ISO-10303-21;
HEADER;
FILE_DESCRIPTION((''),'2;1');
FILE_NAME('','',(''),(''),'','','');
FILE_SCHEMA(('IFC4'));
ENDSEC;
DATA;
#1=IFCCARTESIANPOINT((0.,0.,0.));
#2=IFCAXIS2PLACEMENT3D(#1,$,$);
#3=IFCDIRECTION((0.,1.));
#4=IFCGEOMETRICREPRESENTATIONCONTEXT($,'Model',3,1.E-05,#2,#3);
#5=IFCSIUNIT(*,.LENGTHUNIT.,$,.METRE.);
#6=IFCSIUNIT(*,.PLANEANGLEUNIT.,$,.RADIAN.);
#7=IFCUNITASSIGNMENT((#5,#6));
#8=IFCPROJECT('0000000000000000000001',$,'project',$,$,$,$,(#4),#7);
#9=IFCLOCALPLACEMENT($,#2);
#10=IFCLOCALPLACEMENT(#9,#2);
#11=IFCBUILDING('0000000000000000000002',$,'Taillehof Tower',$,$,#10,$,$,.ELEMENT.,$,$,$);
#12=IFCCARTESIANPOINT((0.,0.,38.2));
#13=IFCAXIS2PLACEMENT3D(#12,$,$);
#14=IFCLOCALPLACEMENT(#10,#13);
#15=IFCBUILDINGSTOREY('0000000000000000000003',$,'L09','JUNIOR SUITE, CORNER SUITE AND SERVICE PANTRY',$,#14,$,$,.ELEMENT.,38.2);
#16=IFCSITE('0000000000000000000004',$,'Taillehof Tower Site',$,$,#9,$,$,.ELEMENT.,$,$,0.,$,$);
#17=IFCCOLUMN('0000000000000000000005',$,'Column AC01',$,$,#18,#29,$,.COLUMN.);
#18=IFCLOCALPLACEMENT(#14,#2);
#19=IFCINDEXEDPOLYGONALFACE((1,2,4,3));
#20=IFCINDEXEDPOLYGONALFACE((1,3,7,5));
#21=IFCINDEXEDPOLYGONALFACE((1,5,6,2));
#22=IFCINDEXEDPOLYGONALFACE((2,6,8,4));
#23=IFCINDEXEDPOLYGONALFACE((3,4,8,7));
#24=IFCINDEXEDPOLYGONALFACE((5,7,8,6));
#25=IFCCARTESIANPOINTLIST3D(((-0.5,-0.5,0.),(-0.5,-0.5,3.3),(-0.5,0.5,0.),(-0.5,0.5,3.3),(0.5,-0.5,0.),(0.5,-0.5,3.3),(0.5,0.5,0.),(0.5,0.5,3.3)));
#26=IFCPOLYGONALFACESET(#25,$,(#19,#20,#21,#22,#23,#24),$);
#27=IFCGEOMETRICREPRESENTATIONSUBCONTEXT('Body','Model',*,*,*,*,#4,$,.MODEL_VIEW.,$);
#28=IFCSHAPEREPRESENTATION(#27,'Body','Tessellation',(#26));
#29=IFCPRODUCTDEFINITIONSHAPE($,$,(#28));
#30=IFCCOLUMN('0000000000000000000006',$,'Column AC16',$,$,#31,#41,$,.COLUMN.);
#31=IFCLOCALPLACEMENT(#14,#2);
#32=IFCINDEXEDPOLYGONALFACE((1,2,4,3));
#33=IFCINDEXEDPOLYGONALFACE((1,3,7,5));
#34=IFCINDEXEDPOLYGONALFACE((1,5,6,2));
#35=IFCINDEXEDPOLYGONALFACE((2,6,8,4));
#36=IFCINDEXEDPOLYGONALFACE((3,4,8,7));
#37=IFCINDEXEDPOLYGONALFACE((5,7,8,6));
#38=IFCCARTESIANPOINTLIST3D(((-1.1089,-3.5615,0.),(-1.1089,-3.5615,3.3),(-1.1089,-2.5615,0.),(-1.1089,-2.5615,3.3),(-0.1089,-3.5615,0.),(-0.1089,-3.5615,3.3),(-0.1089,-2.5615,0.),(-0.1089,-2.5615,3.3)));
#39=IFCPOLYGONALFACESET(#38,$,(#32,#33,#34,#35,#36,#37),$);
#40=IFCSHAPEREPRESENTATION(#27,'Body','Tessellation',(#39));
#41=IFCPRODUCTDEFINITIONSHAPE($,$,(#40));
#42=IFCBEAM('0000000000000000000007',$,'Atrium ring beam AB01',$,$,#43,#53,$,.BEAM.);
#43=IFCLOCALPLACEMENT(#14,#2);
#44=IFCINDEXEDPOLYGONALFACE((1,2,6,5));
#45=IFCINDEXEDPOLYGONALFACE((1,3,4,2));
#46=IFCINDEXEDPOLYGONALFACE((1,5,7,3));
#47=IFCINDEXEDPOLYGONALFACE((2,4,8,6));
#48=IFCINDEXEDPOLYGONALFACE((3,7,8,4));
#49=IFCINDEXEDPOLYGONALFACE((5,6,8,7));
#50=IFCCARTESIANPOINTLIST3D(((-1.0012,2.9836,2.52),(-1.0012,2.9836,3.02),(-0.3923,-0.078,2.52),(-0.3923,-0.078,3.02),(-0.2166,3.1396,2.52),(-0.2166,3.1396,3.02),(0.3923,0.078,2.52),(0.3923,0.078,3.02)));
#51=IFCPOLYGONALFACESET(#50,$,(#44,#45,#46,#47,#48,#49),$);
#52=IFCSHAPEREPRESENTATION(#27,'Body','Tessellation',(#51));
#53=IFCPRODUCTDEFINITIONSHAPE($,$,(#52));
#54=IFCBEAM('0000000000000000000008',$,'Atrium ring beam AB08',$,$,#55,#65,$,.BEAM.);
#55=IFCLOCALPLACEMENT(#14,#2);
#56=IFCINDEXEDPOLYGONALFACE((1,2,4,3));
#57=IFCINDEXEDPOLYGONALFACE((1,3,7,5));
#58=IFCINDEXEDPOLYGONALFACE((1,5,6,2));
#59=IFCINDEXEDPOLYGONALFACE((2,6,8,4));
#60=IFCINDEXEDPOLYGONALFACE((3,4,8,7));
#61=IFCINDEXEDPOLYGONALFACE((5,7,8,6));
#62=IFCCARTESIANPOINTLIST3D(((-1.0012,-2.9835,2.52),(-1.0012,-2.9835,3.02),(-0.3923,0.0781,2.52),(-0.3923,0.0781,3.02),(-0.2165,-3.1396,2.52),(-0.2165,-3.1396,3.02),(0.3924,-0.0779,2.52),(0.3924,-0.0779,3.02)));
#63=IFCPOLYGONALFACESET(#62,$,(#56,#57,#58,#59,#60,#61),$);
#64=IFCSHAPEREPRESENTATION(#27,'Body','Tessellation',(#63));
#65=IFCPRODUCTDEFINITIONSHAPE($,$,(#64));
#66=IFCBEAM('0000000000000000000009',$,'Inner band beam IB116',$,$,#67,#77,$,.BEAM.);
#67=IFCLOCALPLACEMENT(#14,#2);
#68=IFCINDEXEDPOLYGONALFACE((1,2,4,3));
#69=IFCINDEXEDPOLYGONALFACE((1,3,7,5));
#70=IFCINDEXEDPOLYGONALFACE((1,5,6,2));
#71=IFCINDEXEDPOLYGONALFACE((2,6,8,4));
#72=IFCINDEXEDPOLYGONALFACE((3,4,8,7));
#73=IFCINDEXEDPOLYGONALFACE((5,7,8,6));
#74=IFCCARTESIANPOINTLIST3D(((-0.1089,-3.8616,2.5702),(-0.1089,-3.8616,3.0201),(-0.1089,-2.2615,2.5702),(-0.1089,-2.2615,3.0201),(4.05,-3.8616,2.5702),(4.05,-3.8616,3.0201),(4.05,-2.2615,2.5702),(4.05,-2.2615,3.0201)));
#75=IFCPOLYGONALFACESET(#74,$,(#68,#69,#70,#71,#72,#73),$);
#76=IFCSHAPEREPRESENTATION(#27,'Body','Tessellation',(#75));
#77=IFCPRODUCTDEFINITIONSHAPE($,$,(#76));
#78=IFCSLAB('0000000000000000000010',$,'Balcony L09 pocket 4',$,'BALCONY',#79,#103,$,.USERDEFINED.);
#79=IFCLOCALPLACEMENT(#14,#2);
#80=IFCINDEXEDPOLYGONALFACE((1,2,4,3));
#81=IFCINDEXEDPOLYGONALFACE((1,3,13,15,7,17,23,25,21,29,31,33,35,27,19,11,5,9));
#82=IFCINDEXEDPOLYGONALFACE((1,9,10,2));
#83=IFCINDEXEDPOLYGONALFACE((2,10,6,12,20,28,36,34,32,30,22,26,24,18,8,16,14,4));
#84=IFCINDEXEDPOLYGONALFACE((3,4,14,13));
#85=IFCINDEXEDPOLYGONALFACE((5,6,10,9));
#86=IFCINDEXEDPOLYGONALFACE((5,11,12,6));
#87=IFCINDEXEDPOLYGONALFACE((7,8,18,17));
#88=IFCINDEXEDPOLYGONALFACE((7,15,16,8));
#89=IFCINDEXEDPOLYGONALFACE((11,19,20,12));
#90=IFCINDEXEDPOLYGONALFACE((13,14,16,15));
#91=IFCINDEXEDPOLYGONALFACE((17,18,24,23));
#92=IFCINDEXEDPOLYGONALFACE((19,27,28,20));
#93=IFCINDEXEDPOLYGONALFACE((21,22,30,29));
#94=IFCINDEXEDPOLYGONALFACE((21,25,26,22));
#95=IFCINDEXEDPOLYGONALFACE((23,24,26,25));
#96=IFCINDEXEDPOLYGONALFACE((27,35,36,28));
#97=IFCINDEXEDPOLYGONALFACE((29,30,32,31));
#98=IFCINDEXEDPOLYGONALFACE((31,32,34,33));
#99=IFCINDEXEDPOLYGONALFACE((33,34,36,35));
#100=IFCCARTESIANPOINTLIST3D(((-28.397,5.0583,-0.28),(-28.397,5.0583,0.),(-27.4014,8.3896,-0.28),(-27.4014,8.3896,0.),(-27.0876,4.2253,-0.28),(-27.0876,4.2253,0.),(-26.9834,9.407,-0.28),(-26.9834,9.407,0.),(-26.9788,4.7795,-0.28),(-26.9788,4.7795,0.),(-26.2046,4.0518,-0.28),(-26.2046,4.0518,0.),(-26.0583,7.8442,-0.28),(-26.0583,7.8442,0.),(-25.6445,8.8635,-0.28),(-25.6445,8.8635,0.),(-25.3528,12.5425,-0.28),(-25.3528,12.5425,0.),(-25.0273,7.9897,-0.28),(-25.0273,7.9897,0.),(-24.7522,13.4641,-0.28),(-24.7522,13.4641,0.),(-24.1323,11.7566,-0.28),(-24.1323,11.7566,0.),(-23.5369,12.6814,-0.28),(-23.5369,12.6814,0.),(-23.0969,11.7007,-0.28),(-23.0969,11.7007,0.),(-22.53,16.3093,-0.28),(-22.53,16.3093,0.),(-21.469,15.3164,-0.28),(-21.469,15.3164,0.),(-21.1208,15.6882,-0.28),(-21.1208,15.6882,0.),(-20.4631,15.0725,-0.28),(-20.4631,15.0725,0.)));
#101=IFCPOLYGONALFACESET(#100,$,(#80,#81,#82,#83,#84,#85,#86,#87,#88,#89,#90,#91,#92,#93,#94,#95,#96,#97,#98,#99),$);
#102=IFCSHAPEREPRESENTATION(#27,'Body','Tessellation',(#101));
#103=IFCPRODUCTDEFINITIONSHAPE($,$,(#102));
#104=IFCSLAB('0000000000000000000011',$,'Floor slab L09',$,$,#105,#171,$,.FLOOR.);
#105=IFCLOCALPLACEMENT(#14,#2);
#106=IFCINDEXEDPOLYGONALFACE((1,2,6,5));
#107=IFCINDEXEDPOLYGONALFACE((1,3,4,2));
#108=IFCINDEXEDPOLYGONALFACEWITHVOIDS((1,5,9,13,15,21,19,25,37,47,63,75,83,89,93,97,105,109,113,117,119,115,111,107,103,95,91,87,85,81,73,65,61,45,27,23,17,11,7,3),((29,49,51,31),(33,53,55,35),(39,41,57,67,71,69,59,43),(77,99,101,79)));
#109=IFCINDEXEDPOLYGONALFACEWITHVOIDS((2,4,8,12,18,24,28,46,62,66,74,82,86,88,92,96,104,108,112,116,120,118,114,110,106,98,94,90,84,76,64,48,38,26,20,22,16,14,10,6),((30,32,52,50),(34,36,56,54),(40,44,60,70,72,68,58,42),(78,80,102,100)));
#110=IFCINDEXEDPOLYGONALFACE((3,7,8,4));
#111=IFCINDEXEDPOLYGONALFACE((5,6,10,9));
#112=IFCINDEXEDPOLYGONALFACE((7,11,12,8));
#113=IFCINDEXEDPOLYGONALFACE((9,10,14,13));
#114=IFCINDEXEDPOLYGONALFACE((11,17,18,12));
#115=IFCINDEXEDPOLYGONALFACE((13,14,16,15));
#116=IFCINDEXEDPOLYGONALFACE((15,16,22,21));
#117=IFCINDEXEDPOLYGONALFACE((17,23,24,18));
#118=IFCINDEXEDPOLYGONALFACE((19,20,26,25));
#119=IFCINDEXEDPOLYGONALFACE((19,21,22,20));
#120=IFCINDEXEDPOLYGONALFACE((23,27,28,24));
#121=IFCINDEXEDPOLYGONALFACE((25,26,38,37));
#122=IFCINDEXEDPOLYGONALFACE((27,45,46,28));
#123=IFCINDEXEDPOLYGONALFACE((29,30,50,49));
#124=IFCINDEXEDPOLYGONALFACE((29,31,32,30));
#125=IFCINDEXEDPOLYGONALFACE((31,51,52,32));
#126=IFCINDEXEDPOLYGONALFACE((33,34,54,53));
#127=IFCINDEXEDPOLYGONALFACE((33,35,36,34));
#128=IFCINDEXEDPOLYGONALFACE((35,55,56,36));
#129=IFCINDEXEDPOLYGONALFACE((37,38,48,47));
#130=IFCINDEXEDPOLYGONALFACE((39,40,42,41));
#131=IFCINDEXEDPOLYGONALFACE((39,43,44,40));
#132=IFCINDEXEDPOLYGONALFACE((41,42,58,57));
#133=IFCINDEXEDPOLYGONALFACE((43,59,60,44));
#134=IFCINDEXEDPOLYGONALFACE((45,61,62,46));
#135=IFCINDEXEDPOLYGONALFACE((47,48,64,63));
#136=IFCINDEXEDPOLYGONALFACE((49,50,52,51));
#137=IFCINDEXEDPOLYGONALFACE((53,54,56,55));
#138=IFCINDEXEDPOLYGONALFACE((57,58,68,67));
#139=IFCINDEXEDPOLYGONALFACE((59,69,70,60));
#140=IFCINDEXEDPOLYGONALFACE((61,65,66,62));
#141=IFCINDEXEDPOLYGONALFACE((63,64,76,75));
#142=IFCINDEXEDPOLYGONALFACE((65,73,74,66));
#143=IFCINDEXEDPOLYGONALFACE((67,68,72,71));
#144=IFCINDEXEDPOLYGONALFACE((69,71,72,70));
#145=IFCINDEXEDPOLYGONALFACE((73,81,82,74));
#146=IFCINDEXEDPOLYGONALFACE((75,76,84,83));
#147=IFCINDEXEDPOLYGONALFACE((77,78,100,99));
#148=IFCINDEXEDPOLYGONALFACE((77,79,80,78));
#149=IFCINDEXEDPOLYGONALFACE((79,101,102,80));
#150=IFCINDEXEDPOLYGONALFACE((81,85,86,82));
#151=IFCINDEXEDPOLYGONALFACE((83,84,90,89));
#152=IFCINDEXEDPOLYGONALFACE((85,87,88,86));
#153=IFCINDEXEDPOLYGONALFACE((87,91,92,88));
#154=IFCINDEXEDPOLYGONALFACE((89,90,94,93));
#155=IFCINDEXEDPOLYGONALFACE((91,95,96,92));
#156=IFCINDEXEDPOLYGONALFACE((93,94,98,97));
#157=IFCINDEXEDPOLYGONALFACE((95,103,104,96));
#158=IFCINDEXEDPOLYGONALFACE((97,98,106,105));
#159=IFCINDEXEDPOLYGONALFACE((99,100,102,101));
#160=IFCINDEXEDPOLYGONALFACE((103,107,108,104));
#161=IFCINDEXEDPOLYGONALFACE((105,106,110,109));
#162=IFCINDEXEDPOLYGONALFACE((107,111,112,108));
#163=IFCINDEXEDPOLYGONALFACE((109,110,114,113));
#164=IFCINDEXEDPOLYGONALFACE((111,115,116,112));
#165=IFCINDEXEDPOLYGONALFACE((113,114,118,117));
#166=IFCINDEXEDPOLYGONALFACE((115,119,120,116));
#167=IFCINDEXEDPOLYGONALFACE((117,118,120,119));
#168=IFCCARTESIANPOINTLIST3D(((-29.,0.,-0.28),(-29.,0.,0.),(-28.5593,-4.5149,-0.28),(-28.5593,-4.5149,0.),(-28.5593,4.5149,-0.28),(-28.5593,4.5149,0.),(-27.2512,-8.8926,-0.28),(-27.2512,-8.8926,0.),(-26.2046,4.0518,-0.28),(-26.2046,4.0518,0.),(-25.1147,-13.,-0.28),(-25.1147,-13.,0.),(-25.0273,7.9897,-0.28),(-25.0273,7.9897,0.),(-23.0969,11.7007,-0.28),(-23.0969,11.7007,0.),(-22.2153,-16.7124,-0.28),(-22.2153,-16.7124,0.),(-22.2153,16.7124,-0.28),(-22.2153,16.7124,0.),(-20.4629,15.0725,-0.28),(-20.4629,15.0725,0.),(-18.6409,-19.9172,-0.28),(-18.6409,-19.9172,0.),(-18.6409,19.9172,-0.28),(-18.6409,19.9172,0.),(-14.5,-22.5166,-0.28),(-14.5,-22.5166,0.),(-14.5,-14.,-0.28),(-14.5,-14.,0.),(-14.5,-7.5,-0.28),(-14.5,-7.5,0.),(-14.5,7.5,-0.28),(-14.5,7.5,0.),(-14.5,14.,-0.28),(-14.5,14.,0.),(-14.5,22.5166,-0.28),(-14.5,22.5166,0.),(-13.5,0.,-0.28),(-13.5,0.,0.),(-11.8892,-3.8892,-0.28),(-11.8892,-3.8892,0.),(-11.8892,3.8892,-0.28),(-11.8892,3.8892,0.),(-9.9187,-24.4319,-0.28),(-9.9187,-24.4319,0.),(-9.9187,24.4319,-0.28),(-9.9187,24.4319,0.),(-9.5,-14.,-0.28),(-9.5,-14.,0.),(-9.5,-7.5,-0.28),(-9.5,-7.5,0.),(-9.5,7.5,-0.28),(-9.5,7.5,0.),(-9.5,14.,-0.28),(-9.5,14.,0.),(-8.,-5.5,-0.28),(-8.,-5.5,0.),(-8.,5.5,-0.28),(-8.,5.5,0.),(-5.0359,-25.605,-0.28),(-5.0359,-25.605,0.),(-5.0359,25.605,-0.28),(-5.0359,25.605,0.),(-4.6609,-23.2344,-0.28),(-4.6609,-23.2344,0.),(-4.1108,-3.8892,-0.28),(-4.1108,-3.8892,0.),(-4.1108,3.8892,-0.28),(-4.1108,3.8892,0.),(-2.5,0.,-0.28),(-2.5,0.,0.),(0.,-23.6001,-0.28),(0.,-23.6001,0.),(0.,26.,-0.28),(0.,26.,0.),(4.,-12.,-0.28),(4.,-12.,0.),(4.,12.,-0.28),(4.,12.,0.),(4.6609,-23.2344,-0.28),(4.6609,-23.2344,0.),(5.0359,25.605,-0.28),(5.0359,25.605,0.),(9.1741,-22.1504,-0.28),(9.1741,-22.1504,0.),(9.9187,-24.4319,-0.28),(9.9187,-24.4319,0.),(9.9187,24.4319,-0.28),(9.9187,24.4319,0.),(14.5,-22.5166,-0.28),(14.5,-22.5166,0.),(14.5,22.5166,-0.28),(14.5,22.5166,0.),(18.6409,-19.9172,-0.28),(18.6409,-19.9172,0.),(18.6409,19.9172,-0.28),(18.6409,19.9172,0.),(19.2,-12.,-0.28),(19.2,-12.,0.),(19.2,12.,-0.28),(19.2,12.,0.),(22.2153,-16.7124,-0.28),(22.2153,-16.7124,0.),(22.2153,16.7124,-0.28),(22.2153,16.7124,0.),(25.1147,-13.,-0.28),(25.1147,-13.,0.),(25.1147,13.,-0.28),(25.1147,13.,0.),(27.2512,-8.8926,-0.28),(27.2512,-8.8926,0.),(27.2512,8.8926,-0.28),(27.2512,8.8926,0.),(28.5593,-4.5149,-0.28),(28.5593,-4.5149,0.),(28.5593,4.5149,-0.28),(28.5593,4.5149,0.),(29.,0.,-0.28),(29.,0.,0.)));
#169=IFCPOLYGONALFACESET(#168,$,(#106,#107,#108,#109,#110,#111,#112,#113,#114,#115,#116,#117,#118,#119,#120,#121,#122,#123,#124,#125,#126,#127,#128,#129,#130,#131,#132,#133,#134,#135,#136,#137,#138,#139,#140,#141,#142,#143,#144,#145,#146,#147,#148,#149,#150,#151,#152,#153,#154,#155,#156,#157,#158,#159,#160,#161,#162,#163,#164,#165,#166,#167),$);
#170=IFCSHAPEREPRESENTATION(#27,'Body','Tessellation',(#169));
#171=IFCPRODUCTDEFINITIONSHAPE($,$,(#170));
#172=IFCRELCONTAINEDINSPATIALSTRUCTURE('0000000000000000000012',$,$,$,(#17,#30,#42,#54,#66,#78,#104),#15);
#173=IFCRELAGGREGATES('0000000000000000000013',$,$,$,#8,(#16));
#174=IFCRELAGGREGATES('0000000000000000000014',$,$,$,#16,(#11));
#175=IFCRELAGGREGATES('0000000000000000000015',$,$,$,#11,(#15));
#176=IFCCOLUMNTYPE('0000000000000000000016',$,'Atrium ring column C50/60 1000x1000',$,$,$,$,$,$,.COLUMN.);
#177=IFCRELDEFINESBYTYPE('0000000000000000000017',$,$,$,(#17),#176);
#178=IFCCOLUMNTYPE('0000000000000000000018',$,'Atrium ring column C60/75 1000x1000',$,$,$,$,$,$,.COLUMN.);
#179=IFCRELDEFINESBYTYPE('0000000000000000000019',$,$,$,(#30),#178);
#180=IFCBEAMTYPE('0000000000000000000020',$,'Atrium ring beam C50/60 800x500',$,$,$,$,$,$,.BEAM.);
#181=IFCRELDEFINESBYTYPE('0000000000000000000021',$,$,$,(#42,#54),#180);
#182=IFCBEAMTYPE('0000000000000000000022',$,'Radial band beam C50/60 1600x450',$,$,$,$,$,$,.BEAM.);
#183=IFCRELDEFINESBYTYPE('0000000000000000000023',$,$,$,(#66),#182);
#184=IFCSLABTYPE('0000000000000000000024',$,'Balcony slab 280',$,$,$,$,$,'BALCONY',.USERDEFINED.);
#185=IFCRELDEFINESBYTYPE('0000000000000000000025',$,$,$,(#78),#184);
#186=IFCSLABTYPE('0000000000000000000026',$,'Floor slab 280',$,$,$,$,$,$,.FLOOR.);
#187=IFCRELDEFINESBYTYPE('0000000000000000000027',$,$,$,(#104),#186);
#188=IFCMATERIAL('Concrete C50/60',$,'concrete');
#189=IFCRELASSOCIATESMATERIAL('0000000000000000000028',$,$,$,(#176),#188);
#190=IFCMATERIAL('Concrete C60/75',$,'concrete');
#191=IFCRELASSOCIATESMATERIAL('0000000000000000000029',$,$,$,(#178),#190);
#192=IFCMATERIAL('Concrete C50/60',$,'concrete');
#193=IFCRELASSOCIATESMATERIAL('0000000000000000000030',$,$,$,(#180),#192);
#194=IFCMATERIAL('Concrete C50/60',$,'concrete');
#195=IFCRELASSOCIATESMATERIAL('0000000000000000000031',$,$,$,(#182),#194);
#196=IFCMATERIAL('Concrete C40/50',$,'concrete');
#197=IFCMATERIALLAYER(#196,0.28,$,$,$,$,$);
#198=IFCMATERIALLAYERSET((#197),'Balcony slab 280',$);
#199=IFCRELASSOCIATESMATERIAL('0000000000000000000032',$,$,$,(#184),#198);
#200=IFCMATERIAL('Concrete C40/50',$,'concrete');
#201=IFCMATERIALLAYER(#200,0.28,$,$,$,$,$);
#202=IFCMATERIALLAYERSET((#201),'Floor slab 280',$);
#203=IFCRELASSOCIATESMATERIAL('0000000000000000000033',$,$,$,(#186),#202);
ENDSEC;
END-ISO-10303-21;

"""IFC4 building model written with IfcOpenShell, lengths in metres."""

from ifc_helpers import new_model, si_unit, direction, frame, origin, origin_with_axes, origin_2d, place, context, subcontext, project, spatial, polyline, rectangle, outline, extrude, material, layer, layer_set, material_profile, profile_set, type_object, element, save


model = new_model("IFC4")

# Units and contexts
model_context = context("Model", 3, precision=1e-05, world=origin(), true_north=direction((0.0, 1.0)))
body_context = subcontext(model_context, "Body", "Model", "MODEL_VIEW")
ifc_project = project(units=[si_unit("LENGTHUNIT", "METRE"), si_unit("PLANEANGLEUNIT", "RADIAN")], contexts=[model_context])

# Site, building, storey
site_placement = place(None, origin())
site = spatial("IfcSite", under=ifc_project, at=site_placement, Name="Taillehof Tower Site", CompositionType="ELEMENT", RefElevation=0.0)
building_placement = place(site_placement, origin())
building = spatial("IfcBuilding", under=site, at=building_placement, Name="Taillehof Tower", CompositionType="ELEMENT")
storey_placement = place(building_placement, frame((0.0, 0.0, 38.2)))
storey = spatial("IfcBuildingStorey", under=building, at=storey_placement, Name="L09", Description="JUNIOR SUITE, CORNER SUITE AND SERVICE PANTRY", CompositionType="ELEMENT", Elevation=38.2)

# Columns
ifc_material_1 = material(Name="Concrete C50/60", Category="concrete")
ifc_material_profile_1 = material_profile(ifc_material_1, rectangle(XDim=1.0, YDim=1.0, at=origin_2d()), Name="RC 1000x1000")
ifc_profile_set_1 = profile_set([ifc_material_profile_1], Name="Concrete C50/60")
column_type_1 = type_object("IfcColumnType", Name="Atrium ring column C50/60 1000x1000", PredefinedType="COLUMN", material=ifc_profile_set_1)
column_1_placement = place(storey_placement, origin_with_axes())
element("IfcColumn", 1, at=column_1_placement, inside=storey, type_object=column_type_1, Name="Column AC01", PredefinedType="COLUMN", context=body_context, shape_type="SweptSolid", body=[
    extrude(rectangle(XDim=1.0, YDim=1.0, at=origin_2d()), origin(), (0.0, 0.0, 1.0), 3.3),
])
ifc_material_2 = material(Name="Concrete C60/75", Category="concrete")
ifc_material_profile_2 = material_profile(ifc_material_2, rectangle(XDim=1.0, YDim=1.0, at=origin_2d()), Name="RC 1000x1000")
ifc_profile_set_2 = profile_set([ifc_material_profile_2], Name="Concrete C60/75")
column_type_2 = type_object("IfcColumnType", Name="Atrium ring column C60/75 1000x1000", PredefinedType="COLUMN", material=ifc_profile_set_2)
column_2_placement = place(storey_placement, frame((-0.6089, -3.0615, 0.0), z_axis=(0.0, 0.0, 1.0), x_axis=(1.0, 0.0, 0.0)))
element("IfcColumn", 2, at=column_2_placement, inside=storey, type_object=column_type_2, Name="Column AC16", PredefinedType="COLUMN", context=body_context, shape_type="SweptSolid", body=[
    extrude(rectangle(XDim=1.0, YDim=1.0, at=origin_2d()), origin(), (0.0, 0.0, 1.0), 3.3),
])

# Beams
ifc_material_3 = material(Name="Concrete C50/60", Category="concrete")
ifc_material_profile_3 = material_profile(ifc_material_3, rectangle(XDim=0.8, YDim=0.5, at=origin_2d()), Name="RC 800x500")
ifc_profile_set_3 = profile_set([ifc_material_profile_3], Name="Concrete C50/60")
beam_type_1 = type_object("IfcBeamType", Name="Atrium ring beam C50/60 800x500", PredefinedType="BEAM", material=ifc_profile_set_3)
for number, where, z_axis, x_axis, name in (
    (3, (0.0, 0.0, 2.77), (-0.195063, 0.980791, 0.0), (-0.980791, -0.195063, 0.0), "Atrium ring beam AB01"),
    (4, (-0.6089, -3.0615, 2.77), (0.195063, 0.980791, 0.0), (-0.980791, 0.195063, 0.0), "Atrium ring beam AB08"),
):
    element("IfcBeam", number, at=place(storey_placement, frame(where, z_axis=z_axis, x_axis=x_axis)), inside=storey, type_object=beam_type_1, Name=name, PredefinedType="BEAM", context=body_context, shape_type="SweptSolid", body=[
        extrude(rectangle(XDim=0.8, YDim=0.5, at=origin_2d()), origin(), (0.0, 0.0, 1.0), 3.1216),
    ])
ifc_material_4 = material(Name="Concrete C50/60", Category="concrete")
ifc_material_profile_4 = material_profile(ifc_material_4, rectangle(XDim=1.6001, YDim=0.45, at=origin_2d()), Name="RC 1600x450")
ifc_profile_set_4 = profile_set([ifc_material_profile_4], Name="Concrete C50/60")
beam_type_2 = type_object("IfcBeamType", Name="Radial band beam C50/60 1600x450", PredefinedType="BEAM", material=ifc_profile_set_4)
beam_placement = place(storey_placement, frame((-0.1089, -3.0615, 2.7952), z_axis=(1.0, 0.0, 0.0), x_axis=(0.0, 1.0, 0.0)))
element("IfcBeam", 5, at=beam_placement, inside=storey, type_object=beam_type_2, Name="Inner band beam IB116", PredefinedType="BEAM", context=body_context, shape_type="SweptSolid", body=[
    extrude(rectangle(XDim=1.6001, YDim=0.45, at=origin_2d()), origin(), (0.0, 0.0, 1.0), 4.1589),
])

# Slabs
ifc_material_5 = material(Name="Concrete C40/50", Category="concrete")
ifc_layer_1 = layer(ifc_material_5, 0.28)
ifc_layer_set_1 = layer_set([ifc_layer_1], Name="Balcony slab 280")
slab_type_1 = type_object("IfcSlabType", Name="Balcony slab 280", ElementType="BALCONY", PredefinedType="USERDEFINED", material=ifc_layer_set_1)
slab_1_placement = place(storey_placement, frame((0.0, 0.0, -0.28)))
element("IfcSlab", 6, at=slab_1_placement, inside=storey, type_object=slab_type_1, Name="Balcony L09 pocket 4", ObjectType="BALCONY", PredefinedType="USERDEFINED", context=body_context, shape_type="SweptSolid", body=[
    extrude(outline(polyline([(-26.2046, 4.0518), (-27.0876, 4.2253), (-26.9788, 4.7795), (-28.397, 5.0583), (-27.4014, 8.3896), (-26.0583, 7.8442), (-25.6445, 8.8635), (-26.9834, 9.407), (-25.3528, 12.5425), (-24.1323, 11.7566), (-23.5369, 12.6814), (-24.7522, 13.4641), (-22.53, 16.3093), (-21.469, 15.3164), (-21.1208, 15.6882), (-20.4631, 15.0725), (-23.0969, 11.7007), (-25.0273, 7.9897), (-26.2046, 4.0518)])), origin(), (0.0, 0.0, 1.0), 0.28),
])
ifc_material_6 = material(Name="Concrete C40/50", Category="concrete")
ifc_layer_2 = layer(ifc_material_6, 0.28)
ifc_layer_set_2 = layer_set([ifc_layer_2], Name="Floor slab 280")
slab_type_2 = type_object("IfcSlabType", Name="Floor slab 280", PredefinedType="FLOOR", material=ifc_layer_set_2)
slab_2_placement = place(storey_placement, frame((0.0, 0.0, -0.28)))
element("IfcSlab", 7, at=slab_2_placement, inside=storey, type_object=slab_type_2, Name="Floor slab L09", PredefinedType="FLOOR", context=body_context, shape_type="SweptSolid", body=[
    extrude(outline(polyline([(29.0, 0.0), (28.5593, 4.5149), (27.2512, 8.8926), (25.1147, 13.0), (22.2153, 16.7124), (18.6409, 19.9172), (14.5, 22.5166), (9.9187, 24.4319), (5.0359, 25.605), (0.0, 26.0), (-5.0359, 25.605), (-9.9187, 24.4319), (-14.5, 22.5166), (-18.6409, 19.9172), (-22.2153, 16.7124), (-20.4629, 15.0725), (-23.0969, 11.7007), (-25.0273, 7.9897), (-26.2046, 4.0518), (-28.5593, 4.5149), (-29.0, 0.0), (-28.5593, -4.5149), (-27.2512, -8.8926), (-25.1147, -13.0), (-22.2153, -16.7124), (-18.6409, -19.9172), (-14.5, -22.5166), (-9.9187, -24.4319), (-5.0359, -25.605), (-4.6609, -23.2344), (0.0, -23.6001), (4.6609, -23.2344), (9.1741, -22.1504), (9.9187, -24.4319), (14.5, -22.5166), (18.6409, -19.9172), (22.2153, -16.7124), (25.1147, -13.0), (27.2512, -8.8926), (28.5593, -4.5149), (29.0, 0.0)]), holes=[polyline([(-14.5, -7.5), (-9.5, -7.5), (-9.5, -14.0), (-14.5, -14.0), (-14.5, -7.5)]), polyline([(-8.0, -5.5), (-11.8892, -3.8892), (-13.5, 0.0), (-11.8892, 3.8892), (-8.0, 5.5), (-4.1108, 3.8892), (-2.5, 0.0), (-4.1108, -3.8892), (-8.0, -5.5)]), polyline([(19.2, 12.0), (19.2, -12.0), (4.0, -12.0), (4.0, 12.0), (19.2, 12.0)]), polyline([(-14.5, 14.0), (-9.5, 14.0), (-9.5, 7.5), (-14.5, 7.5), (-14.5, 14.0)])]), origin(), (0.0, 0.0, 1.0), 0.28),
])

save(model, "model.ifc")
